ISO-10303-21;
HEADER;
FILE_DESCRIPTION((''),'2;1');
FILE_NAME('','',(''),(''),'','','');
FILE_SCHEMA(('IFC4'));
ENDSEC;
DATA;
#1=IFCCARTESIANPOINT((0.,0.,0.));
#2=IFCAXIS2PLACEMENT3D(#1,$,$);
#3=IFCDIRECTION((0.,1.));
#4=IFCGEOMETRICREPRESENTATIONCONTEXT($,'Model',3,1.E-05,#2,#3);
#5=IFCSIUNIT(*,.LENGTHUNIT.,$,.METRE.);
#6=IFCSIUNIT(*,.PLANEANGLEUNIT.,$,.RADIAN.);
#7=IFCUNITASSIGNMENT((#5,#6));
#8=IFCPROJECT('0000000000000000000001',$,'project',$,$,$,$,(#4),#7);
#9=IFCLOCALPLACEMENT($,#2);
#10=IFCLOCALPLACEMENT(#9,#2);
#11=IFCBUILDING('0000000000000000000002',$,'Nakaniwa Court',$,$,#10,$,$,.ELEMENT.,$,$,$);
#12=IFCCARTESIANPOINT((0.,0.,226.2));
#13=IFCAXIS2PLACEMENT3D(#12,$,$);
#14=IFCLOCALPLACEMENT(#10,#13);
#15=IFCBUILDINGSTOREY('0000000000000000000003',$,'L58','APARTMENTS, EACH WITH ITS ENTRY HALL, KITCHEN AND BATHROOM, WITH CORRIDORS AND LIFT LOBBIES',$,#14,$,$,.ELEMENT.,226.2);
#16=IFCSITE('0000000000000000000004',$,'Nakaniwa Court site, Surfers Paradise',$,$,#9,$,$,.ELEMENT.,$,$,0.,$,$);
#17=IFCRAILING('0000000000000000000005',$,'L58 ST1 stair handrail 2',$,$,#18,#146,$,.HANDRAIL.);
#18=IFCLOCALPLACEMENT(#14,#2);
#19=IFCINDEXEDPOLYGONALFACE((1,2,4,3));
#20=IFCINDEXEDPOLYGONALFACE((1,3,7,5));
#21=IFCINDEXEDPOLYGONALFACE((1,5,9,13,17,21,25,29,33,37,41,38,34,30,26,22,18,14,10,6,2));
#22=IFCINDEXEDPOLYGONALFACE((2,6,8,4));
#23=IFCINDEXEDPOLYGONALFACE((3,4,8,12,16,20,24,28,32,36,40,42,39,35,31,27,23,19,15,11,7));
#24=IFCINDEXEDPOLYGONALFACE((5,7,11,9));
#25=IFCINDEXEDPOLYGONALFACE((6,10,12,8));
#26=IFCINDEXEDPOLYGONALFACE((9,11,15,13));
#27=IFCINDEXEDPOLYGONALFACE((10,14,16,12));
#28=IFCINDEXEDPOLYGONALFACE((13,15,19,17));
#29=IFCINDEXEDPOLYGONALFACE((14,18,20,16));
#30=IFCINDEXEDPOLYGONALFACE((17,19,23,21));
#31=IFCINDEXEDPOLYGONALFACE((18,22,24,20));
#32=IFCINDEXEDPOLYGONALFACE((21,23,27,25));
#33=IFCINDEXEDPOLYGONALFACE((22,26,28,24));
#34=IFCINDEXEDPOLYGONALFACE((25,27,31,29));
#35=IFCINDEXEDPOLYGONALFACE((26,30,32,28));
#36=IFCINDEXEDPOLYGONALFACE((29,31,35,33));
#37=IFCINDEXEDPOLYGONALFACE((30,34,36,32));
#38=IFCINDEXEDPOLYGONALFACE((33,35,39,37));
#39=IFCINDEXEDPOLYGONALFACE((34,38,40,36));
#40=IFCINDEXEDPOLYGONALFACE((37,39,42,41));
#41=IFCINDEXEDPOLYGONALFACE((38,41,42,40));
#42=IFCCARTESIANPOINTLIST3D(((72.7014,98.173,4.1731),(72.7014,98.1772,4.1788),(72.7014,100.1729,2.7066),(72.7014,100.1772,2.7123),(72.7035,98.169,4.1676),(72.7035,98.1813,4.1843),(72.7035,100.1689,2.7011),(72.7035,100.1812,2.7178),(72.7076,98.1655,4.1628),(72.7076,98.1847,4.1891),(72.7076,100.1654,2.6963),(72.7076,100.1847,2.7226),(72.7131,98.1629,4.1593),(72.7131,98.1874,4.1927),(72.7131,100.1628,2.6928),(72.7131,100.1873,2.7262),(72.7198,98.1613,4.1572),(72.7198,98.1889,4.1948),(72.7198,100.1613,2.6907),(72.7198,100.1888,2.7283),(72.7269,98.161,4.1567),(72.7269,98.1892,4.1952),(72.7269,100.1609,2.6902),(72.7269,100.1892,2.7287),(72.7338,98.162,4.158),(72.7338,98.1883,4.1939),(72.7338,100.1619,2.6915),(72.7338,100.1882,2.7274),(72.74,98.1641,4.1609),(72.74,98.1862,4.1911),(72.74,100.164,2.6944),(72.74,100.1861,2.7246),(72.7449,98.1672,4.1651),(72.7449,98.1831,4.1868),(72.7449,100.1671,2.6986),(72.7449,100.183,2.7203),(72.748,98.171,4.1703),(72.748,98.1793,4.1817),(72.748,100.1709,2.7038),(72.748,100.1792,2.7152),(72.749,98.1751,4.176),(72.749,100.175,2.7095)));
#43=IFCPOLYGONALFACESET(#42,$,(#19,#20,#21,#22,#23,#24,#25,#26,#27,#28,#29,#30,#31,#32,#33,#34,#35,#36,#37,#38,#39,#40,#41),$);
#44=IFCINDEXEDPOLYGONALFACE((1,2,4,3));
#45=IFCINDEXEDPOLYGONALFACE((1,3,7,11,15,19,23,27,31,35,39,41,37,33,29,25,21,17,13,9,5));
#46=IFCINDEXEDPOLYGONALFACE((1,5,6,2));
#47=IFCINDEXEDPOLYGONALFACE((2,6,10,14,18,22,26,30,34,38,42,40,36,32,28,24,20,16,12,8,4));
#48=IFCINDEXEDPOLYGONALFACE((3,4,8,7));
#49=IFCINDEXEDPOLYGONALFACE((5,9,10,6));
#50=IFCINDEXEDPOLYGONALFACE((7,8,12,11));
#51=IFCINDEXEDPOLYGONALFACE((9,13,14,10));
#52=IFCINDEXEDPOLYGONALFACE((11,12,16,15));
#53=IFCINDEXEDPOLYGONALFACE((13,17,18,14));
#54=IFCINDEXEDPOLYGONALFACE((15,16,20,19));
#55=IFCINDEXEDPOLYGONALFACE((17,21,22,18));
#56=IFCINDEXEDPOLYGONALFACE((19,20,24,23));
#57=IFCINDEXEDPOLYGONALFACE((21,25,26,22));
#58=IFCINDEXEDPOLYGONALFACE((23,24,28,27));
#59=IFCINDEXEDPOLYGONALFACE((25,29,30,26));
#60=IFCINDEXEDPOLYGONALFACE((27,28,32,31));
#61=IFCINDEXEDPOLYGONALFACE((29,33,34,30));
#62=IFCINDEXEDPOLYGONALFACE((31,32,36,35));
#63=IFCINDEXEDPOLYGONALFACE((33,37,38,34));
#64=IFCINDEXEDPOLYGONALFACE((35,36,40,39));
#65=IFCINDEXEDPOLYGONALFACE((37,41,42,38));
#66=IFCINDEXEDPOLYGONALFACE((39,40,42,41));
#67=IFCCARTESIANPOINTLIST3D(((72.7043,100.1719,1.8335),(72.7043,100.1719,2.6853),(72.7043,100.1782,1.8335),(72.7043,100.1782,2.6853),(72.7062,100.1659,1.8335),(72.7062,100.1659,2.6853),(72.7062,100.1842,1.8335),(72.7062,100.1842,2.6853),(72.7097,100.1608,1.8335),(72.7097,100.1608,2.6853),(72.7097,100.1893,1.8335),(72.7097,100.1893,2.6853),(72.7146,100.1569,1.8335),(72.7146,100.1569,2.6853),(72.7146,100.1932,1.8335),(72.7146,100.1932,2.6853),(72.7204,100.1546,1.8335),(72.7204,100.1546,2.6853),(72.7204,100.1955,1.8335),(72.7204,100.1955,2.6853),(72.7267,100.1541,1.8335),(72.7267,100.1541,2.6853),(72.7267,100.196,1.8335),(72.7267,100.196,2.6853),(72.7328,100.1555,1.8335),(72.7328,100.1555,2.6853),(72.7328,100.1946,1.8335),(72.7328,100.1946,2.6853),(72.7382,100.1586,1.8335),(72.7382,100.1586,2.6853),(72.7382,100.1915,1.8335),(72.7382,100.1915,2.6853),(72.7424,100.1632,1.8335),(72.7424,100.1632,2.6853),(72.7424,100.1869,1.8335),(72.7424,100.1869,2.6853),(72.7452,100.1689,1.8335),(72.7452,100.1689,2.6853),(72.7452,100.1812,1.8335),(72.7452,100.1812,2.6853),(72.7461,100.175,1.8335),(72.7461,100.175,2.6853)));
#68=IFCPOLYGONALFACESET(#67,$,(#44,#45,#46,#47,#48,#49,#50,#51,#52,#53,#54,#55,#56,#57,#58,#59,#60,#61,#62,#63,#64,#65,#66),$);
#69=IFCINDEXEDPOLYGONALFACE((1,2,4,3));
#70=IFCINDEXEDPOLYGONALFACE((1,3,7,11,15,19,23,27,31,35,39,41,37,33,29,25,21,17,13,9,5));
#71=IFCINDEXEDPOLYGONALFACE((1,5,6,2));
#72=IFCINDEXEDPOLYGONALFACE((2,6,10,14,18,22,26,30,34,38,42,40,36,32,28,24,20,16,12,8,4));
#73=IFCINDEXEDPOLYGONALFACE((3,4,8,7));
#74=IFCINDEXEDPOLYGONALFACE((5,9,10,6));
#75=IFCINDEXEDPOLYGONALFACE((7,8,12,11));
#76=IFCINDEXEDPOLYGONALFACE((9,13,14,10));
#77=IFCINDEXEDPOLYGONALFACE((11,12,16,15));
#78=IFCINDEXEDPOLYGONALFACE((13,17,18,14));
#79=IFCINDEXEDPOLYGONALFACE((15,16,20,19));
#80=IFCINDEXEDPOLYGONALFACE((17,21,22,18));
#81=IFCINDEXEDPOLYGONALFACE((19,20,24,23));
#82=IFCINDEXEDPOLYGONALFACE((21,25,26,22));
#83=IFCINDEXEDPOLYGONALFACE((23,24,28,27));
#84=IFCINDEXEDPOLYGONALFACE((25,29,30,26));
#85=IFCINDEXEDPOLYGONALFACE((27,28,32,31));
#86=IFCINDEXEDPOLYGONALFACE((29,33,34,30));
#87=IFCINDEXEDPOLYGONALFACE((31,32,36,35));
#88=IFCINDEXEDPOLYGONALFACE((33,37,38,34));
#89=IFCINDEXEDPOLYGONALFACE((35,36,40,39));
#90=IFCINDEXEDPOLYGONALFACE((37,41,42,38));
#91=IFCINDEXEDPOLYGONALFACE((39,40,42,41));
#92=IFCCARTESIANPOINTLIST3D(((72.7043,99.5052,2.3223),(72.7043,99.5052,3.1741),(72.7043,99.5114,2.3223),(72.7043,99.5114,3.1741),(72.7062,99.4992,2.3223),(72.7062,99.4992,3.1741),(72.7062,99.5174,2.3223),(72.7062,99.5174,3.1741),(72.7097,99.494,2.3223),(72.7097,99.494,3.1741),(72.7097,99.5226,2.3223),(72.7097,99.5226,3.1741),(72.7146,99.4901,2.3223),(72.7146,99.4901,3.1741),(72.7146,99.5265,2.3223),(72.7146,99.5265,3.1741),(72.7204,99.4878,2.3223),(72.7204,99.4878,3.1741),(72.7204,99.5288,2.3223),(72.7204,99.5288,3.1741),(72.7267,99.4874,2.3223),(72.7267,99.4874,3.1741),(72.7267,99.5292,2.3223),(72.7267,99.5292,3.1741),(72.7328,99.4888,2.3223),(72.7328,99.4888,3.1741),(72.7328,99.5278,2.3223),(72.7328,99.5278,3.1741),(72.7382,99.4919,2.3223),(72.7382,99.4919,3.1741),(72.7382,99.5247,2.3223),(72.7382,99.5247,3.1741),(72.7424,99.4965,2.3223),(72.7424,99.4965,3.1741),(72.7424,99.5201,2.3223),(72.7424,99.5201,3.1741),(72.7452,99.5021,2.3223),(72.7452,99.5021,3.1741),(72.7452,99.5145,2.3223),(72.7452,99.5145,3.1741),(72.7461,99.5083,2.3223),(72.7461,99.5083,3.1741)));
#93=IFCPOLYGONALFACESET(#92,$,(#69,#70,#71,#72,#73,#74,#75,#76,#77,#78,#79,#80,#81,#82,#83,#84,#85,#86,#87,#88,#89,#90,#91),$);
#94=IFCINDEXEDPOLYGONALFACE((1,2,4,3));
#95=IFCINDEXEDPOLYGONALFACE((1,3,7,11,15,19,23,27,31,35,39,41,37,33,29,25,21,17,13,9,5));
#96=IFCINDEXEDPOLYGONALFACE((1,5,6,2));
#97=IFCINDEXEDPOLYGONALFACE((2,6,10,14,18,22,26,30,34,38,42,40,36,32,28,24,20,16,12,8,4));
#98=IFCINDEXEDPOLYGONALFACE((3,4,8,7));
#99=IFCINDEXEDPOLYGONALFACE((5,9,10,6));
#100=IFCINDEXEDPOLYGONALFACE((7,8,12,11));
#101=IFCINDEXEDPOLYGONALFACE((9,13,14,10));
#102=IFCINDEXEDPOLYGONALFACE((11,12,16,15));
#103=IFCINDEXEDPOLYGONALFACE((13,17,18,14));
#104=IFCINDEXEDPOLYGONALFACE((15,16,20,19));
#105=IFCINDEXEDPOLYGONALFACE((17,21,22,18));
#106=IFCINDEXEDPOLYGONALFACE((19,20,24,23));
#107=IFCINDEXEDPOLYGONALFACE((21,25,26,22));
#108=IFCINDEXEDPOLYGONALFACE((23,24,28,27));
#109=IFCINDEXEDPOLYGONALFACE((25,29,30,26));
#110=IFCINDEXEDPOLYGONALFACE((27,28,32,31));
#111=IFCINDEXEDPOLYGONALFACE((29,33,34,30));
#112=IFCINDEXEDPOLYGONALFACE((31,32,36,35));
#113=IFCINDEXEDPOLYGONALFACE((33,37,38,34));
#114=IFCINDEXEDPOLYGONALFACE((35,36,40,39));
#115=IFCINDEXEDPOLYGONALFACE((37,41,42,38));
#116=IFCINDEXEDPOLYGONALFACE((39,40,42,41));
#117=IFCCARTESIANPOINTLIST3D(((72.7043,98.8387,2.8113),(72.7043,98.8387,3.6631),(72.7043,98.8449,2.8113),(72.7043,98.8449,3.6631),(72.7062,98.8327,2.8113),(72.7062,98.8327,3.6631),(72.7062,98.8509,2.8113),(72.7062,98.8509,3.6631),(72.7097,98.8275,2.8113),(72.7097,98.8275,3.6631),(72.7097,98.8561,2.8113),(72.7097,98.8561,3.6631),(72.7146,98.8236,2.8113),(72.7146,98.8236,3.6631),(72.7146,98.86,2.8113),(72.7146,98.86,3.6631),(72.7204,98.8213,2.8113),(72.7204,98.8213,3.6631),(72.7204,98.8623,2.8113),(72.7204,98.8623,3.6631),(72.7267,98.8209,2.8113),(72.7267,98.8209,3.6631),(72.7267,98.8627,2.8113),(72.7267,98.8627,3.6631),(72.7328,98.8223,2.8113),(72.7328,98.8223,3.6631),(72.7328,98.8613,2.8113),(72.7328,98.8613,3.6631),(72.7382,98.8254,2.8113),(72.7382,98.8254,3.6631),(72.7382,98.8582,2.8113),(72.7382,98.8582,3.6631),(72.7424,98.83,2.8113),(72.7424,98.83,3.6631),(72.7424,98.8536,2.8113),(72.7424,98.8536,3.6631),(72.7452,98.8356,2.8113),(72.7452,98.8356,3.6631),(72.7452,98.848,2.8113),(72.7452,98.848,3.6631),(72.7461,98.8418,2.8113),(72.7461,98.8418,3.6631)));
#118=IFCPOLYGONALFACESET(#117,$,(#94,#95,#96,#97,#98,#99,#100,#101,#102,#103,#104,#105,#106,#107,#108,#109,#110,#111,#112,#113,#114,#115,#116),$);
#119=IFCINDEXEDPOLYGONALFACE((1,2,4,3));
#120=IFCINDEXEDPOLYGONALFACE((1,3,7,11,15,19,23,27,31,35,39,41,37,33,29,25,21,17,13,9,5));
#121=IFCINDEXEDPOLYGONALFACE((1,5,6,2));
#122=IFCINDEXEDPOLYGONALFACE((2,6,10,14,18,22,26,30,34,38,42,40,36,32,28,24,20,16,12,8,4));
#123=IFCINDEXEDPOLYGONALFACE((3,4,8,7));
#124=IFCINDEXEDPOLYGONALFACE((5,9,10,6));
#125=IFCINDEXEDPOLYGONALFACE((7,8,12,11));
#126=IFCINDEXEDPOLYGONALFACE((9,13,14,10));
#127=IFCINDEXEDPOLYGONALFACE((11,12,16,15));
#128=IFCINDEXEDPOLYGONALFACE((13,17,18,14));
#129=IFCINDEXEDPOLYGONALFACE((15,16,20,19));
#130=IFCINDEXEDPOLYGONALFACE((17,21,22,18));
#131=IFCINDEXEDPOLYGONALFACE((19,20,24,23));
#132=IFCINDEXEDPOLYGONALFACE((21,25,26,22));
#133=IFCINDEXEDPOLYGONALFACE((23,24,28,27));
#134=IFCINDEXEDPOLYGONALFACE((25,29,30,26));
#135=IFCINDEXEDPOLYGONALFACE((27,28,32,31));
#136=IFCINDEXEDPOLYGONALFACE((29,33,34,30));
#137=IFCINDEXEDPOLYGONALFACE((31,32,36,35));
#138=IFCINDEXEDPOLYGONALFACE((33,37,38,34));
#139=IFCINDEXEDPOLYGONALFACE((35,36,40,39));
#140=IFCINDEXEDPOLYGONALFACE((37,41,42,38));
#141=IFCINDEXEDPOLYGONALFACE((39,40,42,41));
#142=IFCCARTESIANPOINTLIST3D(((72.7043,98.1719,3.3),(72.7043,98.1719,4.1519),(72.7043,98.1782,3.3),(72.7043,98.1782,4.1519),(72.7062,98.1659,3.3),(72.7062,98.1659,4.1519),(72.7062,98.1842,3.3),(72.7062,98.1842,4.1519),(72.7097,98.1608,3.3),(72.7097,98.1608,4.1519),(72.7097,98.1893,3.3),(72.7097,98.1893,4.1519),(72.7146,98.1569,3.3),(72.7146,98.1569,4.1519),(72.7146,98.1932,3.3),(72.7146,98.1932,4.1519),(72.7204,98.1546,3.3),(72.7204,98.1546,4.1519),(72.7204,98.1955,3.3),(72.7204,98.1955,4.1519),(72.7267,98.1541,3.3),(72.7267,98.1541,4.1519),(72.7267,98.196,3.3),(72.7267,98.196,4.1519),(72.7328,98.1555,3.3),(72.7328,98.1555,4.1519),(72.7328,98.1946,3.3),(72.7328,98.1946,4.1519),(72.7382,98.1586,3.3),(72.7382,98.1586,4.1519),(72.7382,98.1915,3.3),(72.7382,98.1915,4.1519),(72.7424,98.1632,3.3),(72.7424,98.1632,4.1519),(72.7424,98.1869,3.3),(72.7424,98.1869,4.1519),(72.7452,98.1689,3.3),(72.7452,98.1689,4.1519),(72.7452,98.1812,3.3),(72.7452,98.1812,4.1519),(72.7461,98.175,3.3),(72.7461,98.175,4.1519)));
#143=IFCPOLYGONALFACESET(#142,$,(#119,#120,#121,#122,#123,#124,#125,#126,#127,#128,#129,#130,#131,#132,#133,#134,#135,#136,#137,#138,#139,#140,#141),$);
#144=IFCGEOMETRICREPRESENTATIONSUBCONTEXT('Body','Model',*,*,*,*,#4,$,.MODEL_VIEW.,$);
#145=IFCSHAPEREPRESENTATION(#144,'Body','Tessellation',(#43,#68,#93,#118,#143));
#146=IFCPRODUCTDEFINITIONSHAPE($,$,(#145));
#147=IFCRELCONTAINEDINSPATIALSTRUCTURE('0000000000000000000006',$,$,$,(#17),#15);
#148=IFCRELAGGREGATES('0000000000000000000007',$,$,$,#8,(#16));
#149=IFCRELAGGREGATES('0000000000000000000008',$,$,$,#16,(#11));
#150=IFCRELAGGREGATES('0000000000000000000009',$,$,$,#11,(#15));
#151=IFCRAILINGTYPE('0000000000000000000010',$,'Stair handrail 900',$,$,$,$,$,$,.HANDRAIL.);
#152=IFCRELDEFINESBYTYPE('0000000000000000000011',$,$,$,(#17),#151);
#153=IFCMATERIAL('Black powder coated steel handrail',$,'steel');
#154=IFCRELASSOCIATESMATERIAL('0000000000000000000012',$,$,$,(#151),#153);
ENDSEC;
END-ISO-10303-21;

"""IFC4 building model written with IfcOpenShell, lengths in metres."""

from ifc_helpers import new_model, si_unit, direction, frame, origin, origin_2d, place, context, subcontext, project, spatial, circle, extrude, material, type_object, element, save


model = new_model("IFC4")

# Units and contexts
model_context = context("Model", 3, precision=1e-05, world=origin(), true_north=direction((0.0, 1.0)))
body_context = subcontext(model_context, "Body", "Model", "MODEL_VIEW")
ifc_project = project(units=[si_unit("LENGTHUNIT", "METRE"), si_unit("PLANEANGLEUNIT", "RADIAN")], contexts=[model_context])

# Site, building, storey
site_placement = place(None, origin())
site = spatial("IfcSite", under=ifc_project, at=site_placement, Name="Nakaniwa Court site, Surfers Paradise", CompositionType="ELEMENT", RefElevation=0.0)
building_placement = place(site_placement, origin())
building = spatial("IfcBuilding", under=site, at=building_placement, Name="Nakaniwa Court", CompositionType="ELEMENT")
storey_placement = place(building_placement, frame((0.0, 0.0, 226.2)))
storey = spatial("IfcBuildingStorey", under=building, at=storey_placement, Name="L58", Description="APARTMENTS, EACH WITH ITS ENTRY HALL, KITCHEN AND BATHROOM, WITH CORRIDORS AND LIFT LOBBIES", CompositionType="ELEMENT", Elevation=226.2)

# Railing
ifc_material_1 = material(Name="Black powder coated steel handrail", Category="steel")
railing_type_1 = type_object("IfcRailingType", Name="Stair handrail 900", PredefinedType="HANDRAIL", material=ifc_material_1)
railing_1_placement = place(storey_placement, frame((72.7251, 100.175, 1.8335)))
element("IfcRailing", 1, at=railing_1_placement, inside=storey, type_object=railing_type_1, Name="L58 ST1 stair handrail 2", PredefinedType="HANDRAIL", context=body_context, shape_type="SweptSolid", body=[
    extrude(circle(Radius=0.0239, at=origin_2d()), frame((0.0, 0.0, 0.876), z_axis=(0.0, -0.806427, 0.591334), x_axis=(1.0, 0.0, 0.0)), (0.0, 0.0, 1.0), 2.48),
    extrude(circle(Radius=0.021, at=origin_2d()), origin(), (0.0, 0.0, 1.0), 0.8518),
    extrude(circle(Radius=0.021, at=origin_2d()), frame((0.0, -0.6667, 0.4888)), (0.0, 0.0, 1.0), 0.8518),
    extrude(circle(Radius=0.021, at=origin_2d()), frame((0.0, -1.3333, 0.9778)), (0.0, 0.0, 1.0), 0.8518),
    extrude(circle(Radius=0.021, at=origin_2d()), frame((0.0, -2.0, 1.4666)), (0.0, 0.0, 1.0), 0.8518),
])

save(model, "model.ifc")
